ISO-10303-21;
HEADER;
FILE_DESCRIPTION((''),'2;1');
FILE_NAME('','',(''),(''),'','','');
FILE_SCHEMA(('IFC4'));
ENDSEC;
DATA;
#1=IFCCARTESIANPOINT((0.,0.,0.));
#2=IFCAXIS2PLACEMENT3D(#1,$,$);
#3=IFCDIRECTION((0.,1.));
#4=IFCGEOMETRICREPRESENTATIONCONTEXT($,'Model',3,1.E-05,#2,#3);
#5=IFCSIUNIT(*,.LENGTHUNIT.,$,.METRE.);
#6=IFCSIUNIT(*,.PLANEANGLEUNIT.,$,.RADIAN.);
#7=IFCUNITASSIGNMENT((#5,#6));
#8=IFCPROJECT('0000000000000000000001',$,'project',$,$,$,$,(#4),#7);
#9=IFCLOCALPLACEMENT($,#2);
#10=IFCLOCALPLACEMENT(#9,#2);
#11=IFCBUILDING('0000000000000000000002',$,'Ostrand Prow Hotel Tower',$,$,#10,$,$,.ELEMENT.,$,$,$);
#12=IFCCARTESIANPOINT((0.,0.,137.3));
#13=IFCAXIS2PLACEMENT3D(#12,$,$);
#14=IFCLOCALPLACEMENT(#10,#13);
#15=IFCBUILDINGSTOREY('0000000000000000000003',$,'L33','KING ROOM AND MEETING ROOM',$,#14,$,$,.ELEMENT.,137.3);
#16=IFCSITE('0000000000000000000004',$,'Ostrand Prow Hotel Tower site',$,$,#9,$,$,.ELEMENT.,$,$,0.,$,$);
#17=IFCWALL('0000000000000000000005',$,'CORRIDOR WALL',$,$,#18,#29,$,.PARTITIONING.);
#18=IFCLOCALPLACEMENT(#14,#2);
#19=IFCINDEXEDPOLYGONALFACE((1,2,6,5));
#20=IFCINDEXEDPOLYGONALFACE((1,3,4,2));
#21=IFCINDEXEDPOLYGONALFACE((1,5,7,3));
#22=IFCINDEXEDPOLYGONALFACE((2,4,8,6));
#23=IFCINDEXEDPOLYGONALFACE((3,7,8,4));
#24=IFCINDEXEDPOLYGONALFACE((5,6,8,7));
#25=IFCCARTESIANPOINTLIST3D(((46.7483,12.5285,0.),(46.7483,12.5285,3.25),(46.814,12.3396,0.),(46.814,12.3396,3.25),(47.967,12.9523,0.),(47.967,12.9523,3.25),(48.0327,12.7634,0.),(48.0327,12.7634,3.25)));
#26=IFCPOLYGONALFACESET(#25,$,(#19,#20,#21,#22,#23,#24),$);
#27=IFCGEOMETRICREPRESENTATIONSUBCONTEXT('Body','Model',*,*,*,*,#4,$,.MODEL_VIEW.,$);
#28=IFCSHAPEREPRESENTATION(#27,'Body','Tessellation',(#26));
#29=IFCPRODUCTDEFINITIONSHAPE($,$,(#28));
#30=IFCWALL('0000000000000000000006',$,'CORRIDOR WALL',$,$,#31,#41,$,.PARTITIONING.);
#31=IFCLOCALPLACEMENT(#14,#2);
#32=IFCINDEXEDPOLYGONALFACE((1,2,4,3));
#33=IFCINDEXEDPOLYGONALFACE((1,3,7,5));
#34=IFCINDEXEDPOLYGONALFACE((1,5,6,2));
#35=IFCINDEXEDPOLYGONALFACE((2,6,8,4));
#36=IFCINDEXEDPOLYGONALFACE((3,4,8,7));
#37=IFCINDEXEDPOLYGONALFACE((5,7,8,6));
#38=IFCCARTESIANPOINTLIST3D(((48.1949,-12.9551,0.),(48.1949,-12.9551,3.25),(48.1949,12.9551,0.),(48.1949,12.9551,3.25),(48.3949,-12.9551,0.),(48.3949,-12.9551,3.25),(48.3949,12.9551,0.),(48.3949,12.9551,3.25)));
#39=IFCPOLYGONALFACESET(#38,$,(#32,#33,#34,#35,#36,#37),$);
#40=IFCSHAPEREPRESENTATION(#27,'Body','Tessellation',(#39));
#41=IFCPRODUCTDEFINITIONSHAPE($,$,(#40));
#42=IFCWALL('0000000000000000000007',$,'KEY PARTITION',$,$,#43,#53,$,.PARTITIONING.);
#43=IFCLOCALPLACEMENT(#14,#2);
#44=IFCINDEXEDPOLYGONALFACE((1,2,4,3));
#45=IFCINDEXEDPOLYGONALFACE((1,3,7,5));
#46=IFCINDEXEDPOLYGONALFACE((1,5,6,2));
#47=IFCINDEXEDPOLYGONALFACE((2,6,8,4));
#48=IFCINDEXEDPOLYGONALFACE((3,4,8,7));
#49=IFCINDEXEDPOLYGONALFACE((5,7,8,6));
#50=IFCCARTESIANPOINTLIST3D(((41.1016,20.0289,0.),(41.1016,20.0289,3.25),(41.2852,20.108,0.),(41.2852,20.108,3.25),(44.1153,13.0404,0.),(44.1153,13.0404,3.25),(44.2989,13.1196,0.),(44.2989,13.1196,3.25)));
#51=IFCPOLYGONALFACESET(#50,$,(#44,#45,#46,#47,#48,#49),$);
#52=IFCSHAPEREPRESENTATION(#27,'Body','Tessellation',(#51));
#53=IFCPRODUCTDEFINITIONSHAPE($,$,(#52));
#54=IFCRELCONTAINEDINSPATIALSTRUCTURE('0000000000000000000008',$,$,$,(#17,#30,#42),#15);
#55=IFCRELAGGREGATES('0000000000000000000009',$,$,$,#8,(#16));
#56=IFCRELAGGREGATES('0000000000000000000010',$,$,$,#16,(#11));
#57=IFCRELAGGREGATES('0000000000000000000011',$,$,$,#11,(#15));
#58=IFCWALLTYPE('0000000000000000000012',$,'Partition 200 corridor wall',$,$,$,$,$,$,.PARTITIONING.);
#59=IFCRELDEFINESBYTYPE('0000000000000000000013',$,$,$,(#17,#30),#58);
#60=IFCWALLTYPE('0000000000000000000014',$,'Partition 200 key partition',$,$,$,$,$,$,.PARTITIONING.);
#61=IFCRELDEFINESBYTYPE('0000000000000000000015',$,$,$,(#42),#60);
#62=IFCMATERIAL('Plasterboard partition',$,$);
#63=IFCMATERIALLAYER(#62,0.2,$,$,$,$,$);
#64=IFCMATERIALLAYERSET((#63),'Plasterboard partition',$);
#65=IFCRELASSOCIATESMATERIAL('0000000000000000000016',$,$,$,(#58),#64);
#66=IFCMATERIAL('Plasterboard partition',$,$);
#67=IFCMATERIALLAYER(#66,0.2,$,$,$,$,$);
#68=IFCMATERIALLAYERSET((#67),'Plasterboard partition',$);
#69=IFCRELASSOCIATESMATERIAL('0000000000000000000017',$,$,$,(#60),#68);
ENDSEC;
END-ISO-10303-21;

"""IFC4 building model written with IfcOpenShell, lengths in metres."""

from ifc_helpers import new_model, si_unit, direction, frame, frame_2d, origin, place, context, subcontext, project, spatial, rectangle, extrude, material, layer, layer_set, type_object, element, save


model = new_model("IFC4")

# Units and contexts
model_context = context("Model", 3, precision=1e-05, world=origin(), true_north=direction((0.0, 1.0)))
body_context = subcontext(model_context, "Body", "Model", "MODEL_VIEW")
ifc_project = project(units=[si_unit("LENGTHUNIT", "METRE"), si_unit("PLANEANGLEUNIT", "RADIAN")], contexts=[model_context])

# Site, building, storey
site_placement = place(None, origin())
site = spatial("IfcSite", under=ifc_project, at=site_placement, Name="Ostrand Prow Hotel Tower site", CompositionType="ELEMENT", RefElevation=0.0)
building_placement = place(site_placement, origin())
building = spatial("IfcBuilding", under=site, at=building_placement, Name="Ostrand Prow Hotel Tower", CompositionType="ELEMENT")
storey_placement = place(building_placement, frame((0.0, 0.0, 137.3)))
storey = spatial("IfcBuildingStorey", under=building, at=storey_placement, Name="L33", Description="KING ROOM AND MEETING ROOM", CompositionType="ELEMENT", Elevation=137.3)

# Shared definitions
ifc_material_1 = material(Name="Plasterboard partition")
ifc_layer_1 = layer(ifc_material_1, 0.2)
ifc_layer_set_1 = layer_set([ifc_layer_1], Name="Plasterboard partition")
wall_type_1 = type_object("IfcWallType", Name="Partition 200 corridor wall", PredefinedType="PARTITIONING", material=ifc_layer_set_1)

# Walls
wall_1_placement = place(storey_placement, frame((46.7812, 12.4341, 0.0), z_axis=(0.0, 0.0, 1.0), x_axis=(0.944517, 0.328462, 0.0)))
element("IfcWall", 1, at=wall_1_placement, inside=storey, type_object=wall_type_1, Name="CORRIDOR WALL", PredefinedType="PARTITIONING", context=body_context, shape_type="SweptSolid", body=[
    extrude(rectangle(XDim=1.2903, YDim=0.2, at=frame_2d((0.645, 0.0))), origin(), (0.0, 0.0, 1.0), 3.25),
])
wall_2_placement = place(storey_placement, frame((48.2949, 12.9551, 0.0), z_axis=(0.0, 0.0, 1.0), x_axis=(0.0, -1.0, 0.0)))
element("IfcWall", 2, at=wall_2_placement, inside=storey, type_object=wall_type_1, Name="CORRIDOR WALL", PredefinedType="PARTITIONING", context=body_context, shape_type="SweptSolid", body=[
    extrude(rectangle(XDim=25.9102, YDim=0.2, at=frame_2d((12.9551, 0.0))), origin(), (0.0, 0.0, 1.0), 3.25),
])
ifc_material_2 = material(Name="Plasterboard partition")
ifc_layer_2 = layer(ifc_material_2, 0.2)
ifc_layer_set_2 = layer_set([ifc_layer_2], Name="Plasterboard partition")
wall_type_2 = type_object("IfcWallType", Name="Partition 200 key partition", PredefinedType="PARTITIONING", material=ifc_layer_set_2)
wall_3_placement = place(storey_placement, frame((44.207, 13.0801, 0.0), z_axis=(0.0, 0.0, 1.0), x_axis=(-0.395982, 0.918258, 0.0)))
element("IfcWall", 3, at=wall_3_placement, inside=storey, type_object=wall_type_2, Name="KEY PARTITION", PredefinedType="PARTITIONING", context=body_context, shape_type="SweptSolid", body=[
    extrude(rectangle(XDim=7.6106, YDim=0.2, at=frame_2d((3.8052, 0.0))), origin(), (0.0, 0.0, 1.0), 3.25),
])

save(model, "model.ifc")
